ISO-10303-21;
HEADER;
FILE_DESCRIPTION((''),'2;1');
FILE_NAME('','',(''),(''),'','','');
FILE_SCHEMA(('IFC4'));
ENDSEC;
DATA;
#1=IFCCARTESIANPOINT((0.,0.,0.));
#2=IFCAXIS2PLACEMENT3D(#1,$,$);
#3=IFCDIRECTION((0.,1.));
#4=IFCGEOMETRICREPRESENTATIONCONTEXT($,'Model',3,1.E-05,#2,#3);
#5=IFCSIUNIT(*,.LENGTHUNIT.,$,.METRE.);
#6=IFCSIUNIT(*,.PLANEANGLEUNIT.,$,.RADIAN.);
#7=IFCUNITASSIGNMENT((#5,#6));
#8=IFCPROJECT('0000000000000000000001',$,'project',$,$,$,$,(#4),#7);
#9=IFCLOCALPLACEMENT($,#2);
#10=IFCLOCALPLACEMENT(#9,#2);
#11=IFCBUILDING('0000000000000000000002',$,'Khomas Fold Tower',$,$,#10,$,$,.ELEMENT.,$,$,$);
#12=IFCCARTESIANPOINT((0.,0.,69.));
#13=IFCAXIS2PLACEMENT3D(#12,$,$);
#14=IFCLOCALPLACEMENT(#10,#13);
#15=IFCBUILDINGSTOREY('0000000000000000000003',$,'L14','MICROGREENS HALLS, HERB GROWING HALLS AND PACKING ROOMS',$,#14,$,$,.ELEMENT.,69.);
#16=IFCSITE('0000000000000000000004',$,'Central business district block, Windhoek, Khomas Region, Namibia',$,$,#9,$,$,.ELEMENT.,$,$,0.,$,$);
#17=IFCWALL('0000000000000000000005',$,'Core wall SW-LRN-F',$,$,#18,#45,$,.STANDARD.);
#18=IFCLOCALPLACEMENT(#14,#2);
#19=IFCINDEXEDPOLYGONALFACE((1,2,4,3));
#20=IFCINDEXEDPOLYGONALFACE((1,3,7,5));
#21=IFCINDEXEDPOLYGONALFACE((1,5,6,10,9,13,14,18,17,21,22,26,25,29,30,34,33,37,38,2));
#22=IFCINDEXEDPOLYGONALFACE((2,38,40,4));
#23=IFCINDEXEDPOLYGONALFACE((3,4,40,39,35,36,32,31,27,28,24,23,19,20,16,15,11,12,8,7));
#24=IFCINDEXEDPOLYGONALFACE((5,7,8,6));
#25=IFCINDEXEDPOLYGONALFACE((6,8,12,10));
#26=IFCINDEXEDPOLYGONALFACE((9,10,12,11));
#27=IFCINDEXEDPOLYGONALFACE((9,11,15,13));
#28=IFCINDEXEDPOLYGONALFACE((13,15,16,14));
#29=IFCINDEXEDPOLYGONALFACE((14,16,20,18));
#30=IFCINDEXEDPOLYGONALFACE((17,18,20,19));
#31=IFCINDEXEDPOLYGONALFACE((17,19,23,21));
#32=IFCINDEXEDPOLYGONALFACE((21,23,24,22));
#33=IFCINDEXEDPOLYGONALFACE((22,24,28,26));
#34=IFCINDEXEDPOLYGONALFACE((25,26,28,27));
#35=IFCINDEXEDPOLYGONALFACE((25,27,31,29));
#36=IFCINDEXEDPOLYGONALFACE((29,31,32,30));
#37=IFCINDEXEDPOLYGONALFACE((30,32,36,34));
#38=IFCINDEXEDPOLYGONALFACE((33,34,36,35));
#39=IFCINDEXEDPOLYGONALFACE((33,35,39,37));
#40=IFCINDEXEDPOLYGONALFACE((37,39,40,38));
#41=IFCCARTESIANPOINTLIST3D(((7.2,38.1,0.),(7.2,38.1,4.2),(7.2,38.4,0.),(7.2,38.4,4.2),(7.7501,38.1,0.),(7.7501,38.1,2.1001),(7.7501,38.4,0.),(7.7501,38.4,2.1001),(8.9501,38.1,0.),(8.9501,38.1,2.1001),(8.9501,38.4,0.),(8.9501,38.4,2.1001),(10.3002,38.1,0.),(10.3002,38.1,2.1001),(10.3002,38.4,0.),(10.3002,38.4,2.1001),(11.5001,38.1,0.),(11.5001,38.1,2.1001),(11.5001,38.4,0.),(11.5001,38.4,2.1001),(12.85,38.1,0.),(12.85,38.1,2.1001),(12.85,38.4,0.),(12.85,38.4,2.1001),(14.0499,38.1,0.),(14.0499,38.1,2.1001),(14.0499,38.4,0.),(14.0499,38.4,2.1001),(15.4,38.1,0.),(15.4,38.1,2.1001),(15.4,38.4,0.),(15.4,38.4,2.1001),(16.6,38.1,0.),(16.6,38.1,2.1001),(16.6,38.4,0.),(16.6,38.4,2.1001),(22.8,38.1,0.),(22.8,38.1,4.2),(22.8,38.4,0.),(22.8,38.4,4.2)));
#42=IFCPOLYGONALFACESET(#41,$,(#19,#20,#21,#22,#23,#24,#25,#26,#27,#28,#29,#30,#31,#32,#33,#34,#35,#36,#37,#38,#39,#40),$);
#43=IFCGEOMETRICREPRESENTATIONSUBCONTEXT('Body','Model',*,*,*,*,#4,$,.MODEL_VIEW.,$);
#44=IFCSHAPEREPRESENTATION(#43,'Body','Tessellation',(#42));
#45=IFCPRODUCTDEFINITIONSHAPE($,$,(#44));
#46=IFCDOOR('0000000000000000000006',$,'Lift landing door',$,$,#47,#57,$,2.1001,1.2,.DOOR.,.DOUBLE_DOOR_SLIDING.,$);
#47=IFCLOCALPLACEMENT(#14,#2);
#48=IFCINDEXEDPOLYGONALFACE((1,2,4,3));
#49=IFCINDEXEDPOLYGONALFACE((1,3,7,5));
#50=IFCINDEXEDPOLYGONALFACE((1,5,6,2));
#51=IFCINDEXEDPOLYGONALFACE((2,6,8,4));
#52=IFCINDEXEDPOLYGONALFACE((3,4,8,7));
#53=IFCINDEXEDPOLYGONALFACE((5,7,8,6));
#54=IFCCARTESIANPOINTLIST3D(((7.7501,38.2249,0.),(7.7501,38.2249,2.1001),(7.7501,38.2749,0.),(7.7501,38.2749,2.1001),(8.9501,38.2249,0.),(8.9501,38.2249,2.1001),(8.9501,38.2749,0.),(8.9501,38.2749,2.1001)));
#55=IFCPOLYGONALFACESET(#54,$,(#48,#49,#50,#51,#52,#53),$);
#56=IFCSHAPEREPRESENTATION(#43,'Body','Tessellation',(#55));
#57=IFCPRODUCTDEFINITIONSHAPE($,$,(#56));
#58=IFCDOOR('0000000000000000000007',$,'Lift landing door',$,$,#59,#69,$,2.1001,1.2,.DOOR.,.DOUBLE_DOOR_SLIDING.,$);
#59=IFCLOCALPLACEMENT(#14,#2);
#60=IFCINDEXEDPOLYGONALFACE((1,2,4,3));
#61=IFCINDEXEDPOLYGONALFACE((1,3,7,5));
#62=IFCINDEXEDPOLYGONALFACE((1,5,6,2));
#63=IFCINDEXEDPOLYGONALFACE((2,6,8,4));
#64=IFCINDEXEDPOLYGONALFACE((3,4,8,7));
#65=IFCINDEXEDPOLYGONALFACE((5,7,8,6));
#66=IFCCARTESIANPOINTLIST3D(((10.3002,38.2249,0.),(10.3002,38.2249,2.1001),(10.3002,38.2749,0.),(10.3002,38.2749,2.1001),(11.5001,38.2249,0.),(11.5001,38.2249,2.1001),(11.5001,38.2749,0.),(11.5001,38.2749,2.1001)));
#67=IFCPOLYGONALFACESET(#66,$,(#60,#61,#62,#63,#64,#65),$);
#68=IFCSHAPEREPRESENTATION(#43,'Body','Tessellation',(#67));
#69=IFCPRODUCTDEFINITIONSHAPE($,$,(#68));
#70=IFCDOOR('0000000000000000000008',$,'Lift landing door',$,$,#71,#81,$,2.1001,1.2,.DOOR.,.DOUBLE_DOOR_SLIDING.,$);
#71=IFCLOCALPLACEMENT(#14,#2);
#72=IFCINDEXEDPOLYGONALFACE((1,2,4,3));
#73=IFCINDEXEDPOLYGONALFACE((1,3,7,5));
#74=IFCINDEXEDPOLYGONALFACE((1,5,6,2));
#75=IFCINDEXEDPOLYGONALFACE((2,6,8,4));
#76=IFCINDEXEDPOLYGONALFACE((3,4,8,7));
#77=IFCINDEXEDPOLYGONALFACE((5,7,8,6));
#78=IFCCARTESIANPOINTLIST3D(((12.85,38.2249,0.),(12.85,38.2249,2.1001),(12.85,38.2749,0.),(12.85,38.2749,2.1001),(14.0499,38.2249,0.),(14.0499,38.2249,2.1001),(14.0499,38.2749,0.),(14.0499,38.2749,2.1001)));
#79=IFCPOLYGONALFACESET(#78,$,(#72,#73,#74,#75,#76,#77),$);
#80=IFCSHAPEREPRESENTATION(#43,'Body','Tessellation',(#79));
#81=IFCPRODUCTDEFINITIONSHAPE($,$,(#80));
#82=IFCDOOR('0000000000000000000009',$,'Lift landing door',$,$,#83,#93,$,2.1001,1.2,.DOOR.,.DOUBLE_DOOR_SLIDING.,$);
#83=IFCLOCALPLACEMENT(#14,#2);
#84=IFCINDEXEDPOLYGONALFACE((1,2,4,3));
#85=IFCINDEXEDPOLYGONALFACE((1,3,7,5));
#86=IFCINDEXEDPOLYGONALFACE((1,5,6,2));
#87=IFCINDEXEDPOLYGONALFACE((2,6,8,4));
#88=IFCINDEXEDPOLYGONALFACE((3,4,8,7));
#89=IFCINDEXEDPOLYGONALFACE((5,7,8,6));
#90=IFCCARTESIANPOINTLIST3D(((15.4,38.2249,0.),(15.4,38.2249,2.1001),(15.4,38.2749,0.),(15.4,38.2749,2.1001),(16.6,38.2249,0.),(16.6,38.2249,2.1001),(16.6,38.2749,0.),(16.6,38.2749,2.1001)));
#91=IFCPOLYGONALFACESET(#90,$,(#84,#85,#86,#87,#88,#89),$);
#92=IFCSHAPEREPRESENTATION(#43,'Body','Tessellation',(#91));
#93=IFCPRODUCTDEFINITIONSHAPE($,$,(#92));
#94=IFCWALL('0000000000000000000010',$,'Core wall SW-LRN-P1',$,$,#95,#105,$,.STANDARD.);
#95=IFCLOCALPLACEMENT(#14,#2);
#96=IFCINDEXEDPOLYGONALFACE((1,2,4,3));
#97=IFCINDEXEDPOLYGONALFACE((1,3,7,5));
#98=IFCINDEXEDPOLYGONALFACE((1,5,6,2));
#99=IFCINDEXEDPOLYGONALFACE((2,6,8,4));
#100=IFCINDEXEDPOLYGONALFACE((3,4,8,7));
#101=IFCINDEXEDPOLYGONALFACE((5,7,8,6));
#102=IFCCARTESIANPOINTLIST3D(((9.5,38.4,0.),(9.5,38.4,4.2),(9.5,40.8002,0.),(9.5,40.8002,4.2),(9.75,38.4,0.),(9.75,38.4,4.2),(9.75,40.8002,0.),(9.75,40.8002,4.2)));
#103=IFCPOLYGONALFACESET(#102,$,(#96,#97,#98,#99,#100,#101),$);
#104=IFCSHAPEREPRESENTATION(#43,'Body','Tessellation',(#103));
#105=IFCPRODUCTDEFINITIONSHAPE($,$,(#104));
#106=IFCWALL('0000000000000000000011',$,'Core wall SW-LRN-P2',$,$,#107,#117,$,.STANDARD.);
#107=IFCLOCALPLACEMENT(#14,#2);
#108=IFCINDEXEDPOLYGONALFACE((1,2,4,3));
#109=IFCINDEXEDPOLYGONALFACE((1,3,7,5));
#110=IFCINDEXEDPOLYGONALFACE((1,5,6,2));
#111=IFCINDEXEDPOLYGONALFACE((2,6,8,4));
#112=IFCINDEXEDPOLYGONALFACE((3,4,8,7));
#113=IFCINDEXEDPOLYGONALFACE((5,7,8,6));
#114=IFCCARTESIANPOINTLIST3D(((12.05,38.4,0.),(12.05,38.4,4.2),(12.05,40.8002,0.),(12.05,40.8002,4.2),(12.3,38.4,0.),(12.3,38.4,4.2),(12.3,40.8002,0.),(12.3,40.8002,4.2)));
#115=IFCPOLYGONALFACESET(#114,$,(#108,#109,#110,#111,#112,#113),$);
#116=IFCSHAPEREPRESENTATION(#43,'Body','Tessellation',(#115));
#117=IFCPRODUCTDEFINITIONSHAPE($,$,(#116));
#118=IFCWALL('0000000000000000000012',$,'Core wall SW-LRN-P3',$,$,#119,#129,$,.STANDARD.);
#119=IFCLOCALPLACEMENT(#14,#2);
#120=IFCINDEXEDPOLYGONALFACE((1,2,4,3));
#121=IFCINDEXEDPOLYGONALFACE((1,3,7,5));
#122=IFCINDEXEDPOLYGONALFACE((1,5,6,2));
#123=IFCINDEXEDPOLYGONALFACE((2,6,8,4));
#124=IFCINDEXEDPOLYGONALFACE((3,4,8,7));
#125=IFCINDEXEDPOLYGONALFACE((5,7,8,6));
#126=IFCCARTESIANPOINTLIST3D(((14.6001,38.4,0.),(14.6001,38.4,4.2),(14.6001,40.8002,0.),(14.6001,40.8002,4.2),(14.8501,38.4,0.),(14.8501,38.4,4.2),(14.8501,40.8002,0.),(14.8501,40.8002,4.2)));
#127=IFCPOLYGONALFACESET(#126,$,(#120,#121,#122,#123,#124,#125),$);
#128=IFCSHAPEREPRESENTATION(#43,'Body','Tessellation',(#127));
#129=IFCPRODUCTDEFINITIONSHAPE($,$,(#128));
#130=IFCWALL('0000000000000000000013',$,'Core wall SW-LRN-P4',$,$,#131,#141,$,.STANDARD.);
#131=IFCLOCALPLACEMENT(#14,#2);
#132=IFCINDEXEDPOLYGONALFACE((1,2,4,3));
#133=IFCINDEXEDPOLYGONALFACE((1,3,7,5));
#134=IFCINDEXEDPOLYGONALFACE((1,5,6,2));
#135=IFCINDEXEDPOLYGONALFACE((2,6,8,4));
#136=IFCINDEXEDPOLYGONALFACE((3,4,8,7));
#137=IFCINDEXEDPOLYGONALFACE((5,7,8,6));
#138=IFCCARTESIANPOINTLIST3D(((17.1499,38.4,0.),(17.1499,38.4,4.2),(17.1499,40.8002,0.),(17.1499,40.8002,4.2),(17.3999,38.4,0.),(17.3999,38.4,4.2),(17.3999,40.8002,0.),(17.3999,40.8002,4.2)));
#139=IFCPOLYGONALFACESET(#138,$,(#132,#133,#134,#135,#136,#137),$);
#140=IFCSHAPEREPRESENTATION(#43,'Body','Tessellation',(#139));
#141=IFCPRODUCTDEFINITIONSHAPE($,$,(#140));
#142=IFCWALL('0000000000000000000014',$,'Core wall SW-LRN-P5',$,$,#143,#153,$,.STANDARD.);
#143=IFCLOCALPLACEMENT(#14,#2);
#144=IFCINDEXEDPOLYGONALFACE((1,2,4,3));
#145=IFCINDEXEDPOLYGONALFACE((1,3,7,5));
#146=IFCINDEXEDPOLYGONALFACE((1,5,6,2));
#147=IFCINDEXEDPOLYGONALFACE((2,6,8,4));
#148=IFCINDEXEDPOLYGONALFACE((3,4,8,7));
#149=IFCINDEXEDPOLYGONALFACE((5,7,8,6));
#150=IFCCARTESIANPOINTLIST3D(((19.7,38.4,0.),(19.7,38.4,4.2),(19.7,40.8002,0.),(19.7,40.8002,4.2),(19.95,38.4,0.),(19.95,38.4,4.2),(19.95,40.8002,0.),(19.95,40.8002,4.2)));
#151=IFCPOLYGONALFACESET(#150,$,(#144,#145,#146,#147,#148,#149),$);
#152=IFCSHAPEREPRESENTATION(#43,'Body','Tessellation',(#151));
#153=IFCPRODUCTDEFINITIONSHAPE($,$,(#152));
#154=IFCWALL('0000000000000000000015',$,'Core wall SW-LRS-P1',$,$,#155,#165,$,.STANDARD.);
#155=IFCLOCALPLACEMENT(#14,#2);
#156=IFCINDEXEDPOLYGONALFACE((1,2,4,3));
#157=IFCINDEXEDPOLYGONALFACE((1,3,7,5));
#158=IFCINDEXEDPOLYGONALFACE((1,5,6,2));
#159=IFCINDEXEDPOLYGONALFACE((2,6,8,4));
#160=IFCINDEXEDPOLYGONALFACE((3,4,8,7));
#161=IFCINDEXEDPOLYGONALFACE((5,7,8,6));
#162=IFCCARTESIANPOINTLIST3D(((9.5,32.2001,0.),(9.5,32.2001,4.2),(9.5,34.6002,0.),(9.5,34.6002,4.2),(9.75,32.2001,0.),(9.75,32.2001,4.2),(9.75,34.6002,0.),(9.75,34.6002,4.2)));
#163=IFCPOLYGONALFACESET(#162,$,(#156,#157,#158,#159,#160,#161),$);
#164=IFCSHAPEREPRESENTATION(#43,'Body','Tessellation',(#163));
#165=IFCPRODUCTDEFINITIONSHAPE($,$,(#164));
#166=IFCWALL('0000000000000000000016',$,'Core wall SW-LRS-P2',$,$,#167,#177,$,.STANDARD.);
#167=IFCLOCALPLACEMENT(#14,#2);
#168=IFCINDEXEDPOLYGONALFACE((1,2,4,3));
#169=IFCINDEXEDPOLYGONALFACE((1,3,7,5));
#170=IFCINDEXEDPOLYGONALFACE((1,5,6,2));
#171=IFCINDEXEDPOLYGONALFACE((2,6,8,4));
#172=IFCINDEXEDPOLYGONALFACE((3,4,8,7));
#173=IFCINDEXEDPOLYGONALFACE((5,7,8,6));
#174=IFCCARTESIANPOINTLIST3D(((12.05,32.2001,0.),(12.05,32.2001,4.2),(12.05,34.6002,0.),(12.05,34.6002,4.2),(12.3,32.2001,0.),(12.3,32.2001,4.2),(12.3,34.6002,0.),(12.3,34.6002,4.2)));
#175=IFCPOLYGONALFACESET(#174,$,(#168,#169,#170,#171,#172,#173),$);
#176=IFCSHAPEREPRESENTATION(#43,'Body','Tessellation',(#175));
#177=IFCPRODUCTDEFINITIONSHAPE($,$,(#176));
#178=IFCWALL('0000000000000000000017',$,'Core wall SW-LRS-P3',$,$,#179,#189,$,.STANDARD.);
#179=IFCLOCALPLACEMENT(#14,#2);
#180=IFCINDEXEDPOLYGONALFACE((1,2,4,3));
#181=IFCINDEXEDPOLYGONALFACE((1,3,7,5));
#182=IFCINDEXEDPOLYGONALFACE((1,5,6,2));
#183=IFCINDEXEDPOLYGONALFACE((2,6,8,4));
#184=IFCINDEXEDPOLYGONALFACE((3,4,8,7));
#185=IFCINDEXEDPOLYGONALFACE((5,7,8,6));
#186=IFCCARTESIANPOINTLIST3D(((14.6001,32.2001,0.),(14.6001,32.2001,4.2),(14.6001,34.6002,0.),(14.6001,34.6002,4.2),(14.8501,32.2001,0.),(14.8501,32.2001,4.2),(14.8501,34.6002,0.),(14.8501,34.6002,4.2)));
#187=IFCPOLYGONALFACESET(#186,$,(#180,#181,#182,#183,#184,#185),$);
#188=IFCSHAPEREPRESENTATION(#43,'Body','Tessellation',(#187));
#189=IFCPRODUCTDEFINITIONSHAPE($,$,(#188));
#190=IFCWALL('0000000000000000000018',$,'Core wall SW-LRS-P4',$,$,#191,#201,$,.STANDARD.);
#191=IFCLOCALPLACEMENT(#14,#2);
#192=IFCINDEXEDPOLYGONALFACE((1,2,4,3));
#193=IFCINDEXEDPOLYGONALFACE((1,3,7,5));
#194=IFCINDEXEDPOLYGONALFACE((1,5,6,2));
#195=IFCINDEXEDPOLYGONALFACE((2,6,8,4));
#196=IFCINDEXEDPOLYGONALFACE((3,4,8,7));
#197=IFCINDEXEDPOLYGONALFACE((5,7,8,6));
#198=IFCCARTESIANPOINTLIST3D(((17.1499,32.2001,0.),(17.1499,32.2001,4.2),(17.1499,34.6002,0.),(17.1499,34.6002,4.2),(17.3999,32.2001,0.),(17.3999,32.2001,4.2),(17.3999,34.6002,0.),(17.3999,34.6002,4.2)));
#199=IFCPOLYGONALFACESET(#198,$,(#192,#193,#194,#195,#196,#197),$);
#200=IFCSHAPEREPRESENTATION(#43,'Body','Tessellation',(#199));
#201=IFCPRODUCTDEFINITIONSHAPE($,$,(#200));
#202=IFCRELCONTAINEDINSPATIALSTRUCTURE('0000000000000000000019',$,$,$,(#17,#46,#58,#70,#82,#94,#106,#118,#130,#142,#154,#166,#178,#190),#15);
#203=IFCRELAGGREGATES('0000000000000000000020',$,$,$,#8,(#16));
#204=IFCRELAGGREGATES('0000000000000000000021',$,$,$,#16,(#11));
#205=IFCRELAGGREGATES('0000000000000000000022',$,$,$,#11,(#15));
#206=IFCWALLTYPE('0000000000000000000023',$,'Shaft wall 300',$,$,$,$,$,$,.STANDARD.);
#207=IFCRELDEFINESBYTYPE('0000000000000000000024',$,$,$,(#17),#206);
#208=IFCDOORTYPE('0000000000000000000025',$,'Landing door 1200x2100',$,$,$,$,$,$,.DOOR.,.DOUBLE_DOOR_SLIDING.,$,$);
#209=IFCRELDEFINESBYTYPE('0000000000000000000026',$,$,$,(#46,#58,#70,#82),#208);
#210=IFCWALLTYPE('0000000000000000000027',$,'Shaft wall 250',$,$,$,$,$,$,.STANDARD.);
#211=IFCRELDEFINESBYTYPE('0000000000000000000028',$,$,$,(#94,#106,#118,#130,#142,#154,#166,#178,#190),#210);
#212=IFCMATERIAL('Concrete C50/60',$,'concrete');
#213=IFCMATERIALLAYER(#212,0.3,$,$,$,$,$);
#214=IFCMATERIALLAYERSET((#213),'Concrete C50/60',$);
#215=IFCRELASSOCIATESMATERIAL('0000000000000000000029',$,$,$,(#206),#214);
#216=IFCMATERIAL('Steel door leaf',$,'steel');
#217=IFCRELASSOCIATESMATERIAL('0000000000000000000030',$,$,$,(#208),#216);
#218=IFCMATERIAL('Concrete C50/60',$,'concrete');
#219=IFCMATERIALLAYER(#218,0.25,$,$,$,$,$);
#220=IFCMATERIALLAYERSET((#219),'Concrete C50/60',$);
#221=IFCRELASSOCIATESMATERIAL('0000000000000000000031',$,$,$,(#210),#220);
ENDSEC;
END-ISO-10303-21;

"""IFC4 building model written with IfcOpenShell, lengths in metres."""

from ifc_helpers import new_model, si_unit, direction, frame, frame_2d, origin, place, context, subcontext, project, spatial, rectangle, extrude, source, transform, mapped, material, layer, layer_set, type_object, element, fill, save


model = new_model("IFC4")

# Units and contexts
model_context = context("Model", 3, precision=1e-05, world=origin(), true_north=direction((0.0, 1.0)))
body_context = subcontext(model_context, "Body", "Model", "MODEL_VIEW")
ifc_project = project(units=[si_unit("LENGTHUNIT", "METRE"), si_unit("PLANEANGLEUNIT", "RADIAN")], contexts=[model_context])

# Site, building, storey
site_placement = place(None, origin())
site = spatial("IfcSite", under=ifc_project, at=site_placement, Name="Central business district block, Windhoek, Khomas Region, Namibia", CompositionType="ELEMENT", RefElevation=0.0)
building_placement = place(site_placement, origin())
building = spatial("IfcBuilding", under=site, at=building_placement, Name="Khomas Fold Tower", CompositionType="ELEMENT")
storey_placement = place(building_placement, frame((0.0, 0.0, 69.0)))
storey = spatial("IfcBuildingStorey", under=building, at=storey_placement, Name="L14", Description="MICROGREENS HALLS, HERB GROWING HALLS AND PACKING ROOMS", CompositionType="ELEMENT", Elevation=69.0)

# Wall, openings, doors
ifc_material_1 = material(Name="Concrete C50/60", Category="concrete")
ifc_layer_1 = layer(ifc_material_1, 0.3)
ifc_layer_set_1 = layer_set([ifc_layer_1], Name="Concrete C50/60")
wall_type_1 = type_object("IfcWallType", Name="Shaft wall 300", PredefinedType="STANDARD", material=ifc_layer_set_1)
shared_shape_1 = source(origin(), body_context, "Body", "SweptSolid", [
    extrude(rectangle(XDim=15.6001, YDim=0.3, at=frame_2d((7.8, 0.0))), origin(), (0.0, 0.0, 1.0), 4.2),
])
wall_1_placement = place(storey_placement, frame((7.2, 38.25, 0.0), z_axis=(0.0, 0.0, 1.0), x_axis=(1.0, 0.0, 0.0)))
wall_1 = element("IfcWall", 1, at=wall_1_placement, inside=storey, type_object=wall_type_1, Name="Core wall SW-LRN-F", PredefinedType="STANDARD", context=body_context, shape_type="MappedRepresentation", body=[
    mapped(shared_shape_1, transform((0.0, 0.0, 0.0))),
])
shared_shape_2 = source(origin(), body_context, "Body", "SweptSolid", [
    extrude(rectangle(XDim=1.2, YDim=2.1001, at=frame_2d((0.6001, 1.05))), frame((0.0, 0.1599, 0.0), z_axis=(0.0, -1.0, 0.0), x_axis=(1.0, 0.0, 0.0)), (0.0, 0.0, 1.0), 0.3201),
])
opening_1_placement = place(wall_1_placement, frame((0.55, 0.0, 0.0)))
opening_1 = element("IfcOpeningElement", 2, at=opening_1_placement, cuts=wall_1, PredefinedType="OPENING", context=body_context, shape_type="MappedRepresentation", body=[
    mapped(shared_shape_2, transform((0.0, 0.0, 0.0))),
])
opening_2_placement = place(wall_1_placement, frame((3.1001, 0.0, 0.0)))
opening_2 = element("IfcOpeningElement", 3, at=opening_2_placement, cuts=wall_1, PredefinedType="OPENING", context=body_context, shape_type="MappedRepresentation", body=[
    mapped(shared_shape_2, transform((0.0, 0.0, 0.0))),
])
opening_3_placement = place(wall_1_placement, frame((5.6499, 0.0, 0.0)))
opening_3 = element("IfcOpeningElement", 4, at=opening_3_placement, cuts=wall_1, PredefinedType="OPENING", context=body_context, shape_type="MappedRepresentation", body=[
    mapped(shared_shape_2, transform((0.0, 0.0, 0.0))),
])
opening_4_placement = place(wall_1_placement, frame((8.2, 0.0, 0.0)))
opening_4 = element("IfcOpeningElement", 5, at=opening_4_placement, cuts=wall_1, PredefinedType="OPENING", context=body_context, shape_type="MappedRepresentation", body=[
    mapped(shared_shape_2, transform((0.0, 0.0, 0.0))),
])
ifc_material_2 = material(Name="Steel door leaf", Category="steel")
door_type = type_object("IfcDoorType", Name="Landing door 1200x2100", OperationType="DOUBLE_DOOR_SLIDING", PredefinedType="DOOR", material=ifc_material_2)
shared_shape_3 = source(origin(), body_context, "Body", "SweptSolid", [
    extrude(rectangle(XDim=1.2, YDim=2.1001, at=frame_2d((0.6001, 1.05))), frame((0.0, 0.0249, 0.0), z_axis=(0.0, -1.0, 0.0), x_axis=(1.0, 0.0, 0.0)), (0.0, 0.0, 1.0), 0.05),
])
door_1_placement = place(opening_1_placement, origin())
door_1 = element("IfcDoor", 6, at=door_1_placement, inside=storey, type_object=door_type, Name="Lift landing door", OperationType="DOUBLE_DOOR_SLIDING", OverallHeight=2.1001, OverallWidth=1.2, PredefinedType="DOOR", context=body_context, shape_type="MappedRepresentation", body=[
    mapped(shared_shape_3, transform((0.0, 0.0, 0.0))),
])
fill(opening_1, door_1)
door_2_placement = place(opening_2_placement, origin())
door_2 = element("IfcDoor", 7, at=door_2_placement, inside=storey, type_object=door_type, Name="Lift landing door", OperationType="DOUBLE_DOOR_SLIDING", OverallHeight=2.1001, OverallWidth=1.2, PredefinedType="DOOR", context=body_context, shape_type="MappedRepresentation", body=[
    mapped(shared_shape_3, transform((0.0, 0.0, 0.0))),
])
fill(opening_2, door_2)
door_3_placement = place(opening_3_placement, origin())
door_3 = element("IfcDoor", 8, at=door_3_placement, inside=storey, type_object=door_type, Name="Lift landing door", OperationType="DOUBLE_DOOR_SLIDING", OverallHeight=2.1001, OverallWidth=1.2, PredefinedType="DOOR", context=body_context, shape_type="MappedRepresentation", body=[
    mapped(shared_shape_3, transform((0.0, 0.0, 0.0))),
])
fill(opening_3, door_3)
door_4_placement = place(opening_4_placement, origin())
door_4 = element("IfcDoor", 9, at=door_4_placement, inside=storey, type_object=door_type, Name="Lift landing door", OperationType="DOUBLE_DOOR_SLIDING", OverallHeight=2.1001, OverallWidth=1.2, PredefinedType="DOOR", context=body_context, shape_type="MappedRepresentation", body=[
    mapped(shared_shape_3, transform((0.0, 0.0, 0.0))),
])
fill(opening_4, door_4)

# Walls
ifc_material_3 = material(Name="Concrete C50/60", Category="concrete")
ifc_layer_2 = layer(ifc_material_3, 0.25)
ifc_layer_set_2 = layer_set([ifc_layer_2], Name="Concrete C50/60")
wall_type_2 = type_object("IfcWallType", Name="Shaft wall 250", PredefinedType="STANDARD", material=ifc_layer_set_2)
shared_shape_4 = source(origin(), body_context, "Body", "SweptSolid", [
    extrude(rectangle(XDim=2.4001, YDim=0.25, at=frame_2d((1.2002, 0.0))), origin(), (0.0, 0.0, 1.0), 4.2),
])
for number, where, z_axis, x_axis, name in (
    (10, (9.625, 38.3999, 0.0), (0.0, 0.0, 1.0), (0.0, 1.0, 0.0), "Core wall SW-LRN-P1"),
    (11, (12.175, 38.3999, 0.0), (0.0, 0.0, 1.0), (0.0, 1.0, 0.0), "Core wall SW-LRN-P2"),
    (12, (14.7251, 38.3999, 0.0), (0.0, 0.0, 1.0), (0.0, 1.0, 0.0), "Core wall SW-LRN-P3"),
    (13, (17.2749, 38.3999, 0.0), (0.0, 0.0, 1.0), (0.0, 1.0, 0.0), "Core wall SW-LRN-P4"),
    (14, (19.825, 38.3999, 0.0), (0.0, 0.0, 1.0), (0.0, 1.0, 0.0), "Core wall SW-LRN-P5"),
    (15, (9.625, 32.2, 0.0), (0.0, 0.0, 1.0), (0.0, 1.0, 0.0), "Core wall SW-LRS-P1"),
    (16, (12.175, 32.2, 0.0), (0.0, 0.0, 1.0), (0.0, 1.0, 0.0), "Core wall SW-LRS-P2"),
    (17, (14.7251, 32.2, 0.0), (0.0, 0.0, 1.0), (0.0, 1.0, 0.0), "Core wall SW-LRS-P3"),
    (18, (17.2749, 32.2, 0.0), (0.0, 0.0, 1.0), (0.0, 1.0, 0.0), "Core wall SW-LRS-P4"),
):
    element("IfcWall", number, at=place(storey_placement, frame(where, z_axis=z_axis, x_axis=x_axis)), inside=storey, type_object=wall_type_2, Name=name, PredefinedType="STANDARD", context=body_context, shape_type="MappedRepresentation", body=[
        mapped(shared_shape_4, transform((0.0, 0.0, 0.0))),
    ])

save(model, "model.ifc")
